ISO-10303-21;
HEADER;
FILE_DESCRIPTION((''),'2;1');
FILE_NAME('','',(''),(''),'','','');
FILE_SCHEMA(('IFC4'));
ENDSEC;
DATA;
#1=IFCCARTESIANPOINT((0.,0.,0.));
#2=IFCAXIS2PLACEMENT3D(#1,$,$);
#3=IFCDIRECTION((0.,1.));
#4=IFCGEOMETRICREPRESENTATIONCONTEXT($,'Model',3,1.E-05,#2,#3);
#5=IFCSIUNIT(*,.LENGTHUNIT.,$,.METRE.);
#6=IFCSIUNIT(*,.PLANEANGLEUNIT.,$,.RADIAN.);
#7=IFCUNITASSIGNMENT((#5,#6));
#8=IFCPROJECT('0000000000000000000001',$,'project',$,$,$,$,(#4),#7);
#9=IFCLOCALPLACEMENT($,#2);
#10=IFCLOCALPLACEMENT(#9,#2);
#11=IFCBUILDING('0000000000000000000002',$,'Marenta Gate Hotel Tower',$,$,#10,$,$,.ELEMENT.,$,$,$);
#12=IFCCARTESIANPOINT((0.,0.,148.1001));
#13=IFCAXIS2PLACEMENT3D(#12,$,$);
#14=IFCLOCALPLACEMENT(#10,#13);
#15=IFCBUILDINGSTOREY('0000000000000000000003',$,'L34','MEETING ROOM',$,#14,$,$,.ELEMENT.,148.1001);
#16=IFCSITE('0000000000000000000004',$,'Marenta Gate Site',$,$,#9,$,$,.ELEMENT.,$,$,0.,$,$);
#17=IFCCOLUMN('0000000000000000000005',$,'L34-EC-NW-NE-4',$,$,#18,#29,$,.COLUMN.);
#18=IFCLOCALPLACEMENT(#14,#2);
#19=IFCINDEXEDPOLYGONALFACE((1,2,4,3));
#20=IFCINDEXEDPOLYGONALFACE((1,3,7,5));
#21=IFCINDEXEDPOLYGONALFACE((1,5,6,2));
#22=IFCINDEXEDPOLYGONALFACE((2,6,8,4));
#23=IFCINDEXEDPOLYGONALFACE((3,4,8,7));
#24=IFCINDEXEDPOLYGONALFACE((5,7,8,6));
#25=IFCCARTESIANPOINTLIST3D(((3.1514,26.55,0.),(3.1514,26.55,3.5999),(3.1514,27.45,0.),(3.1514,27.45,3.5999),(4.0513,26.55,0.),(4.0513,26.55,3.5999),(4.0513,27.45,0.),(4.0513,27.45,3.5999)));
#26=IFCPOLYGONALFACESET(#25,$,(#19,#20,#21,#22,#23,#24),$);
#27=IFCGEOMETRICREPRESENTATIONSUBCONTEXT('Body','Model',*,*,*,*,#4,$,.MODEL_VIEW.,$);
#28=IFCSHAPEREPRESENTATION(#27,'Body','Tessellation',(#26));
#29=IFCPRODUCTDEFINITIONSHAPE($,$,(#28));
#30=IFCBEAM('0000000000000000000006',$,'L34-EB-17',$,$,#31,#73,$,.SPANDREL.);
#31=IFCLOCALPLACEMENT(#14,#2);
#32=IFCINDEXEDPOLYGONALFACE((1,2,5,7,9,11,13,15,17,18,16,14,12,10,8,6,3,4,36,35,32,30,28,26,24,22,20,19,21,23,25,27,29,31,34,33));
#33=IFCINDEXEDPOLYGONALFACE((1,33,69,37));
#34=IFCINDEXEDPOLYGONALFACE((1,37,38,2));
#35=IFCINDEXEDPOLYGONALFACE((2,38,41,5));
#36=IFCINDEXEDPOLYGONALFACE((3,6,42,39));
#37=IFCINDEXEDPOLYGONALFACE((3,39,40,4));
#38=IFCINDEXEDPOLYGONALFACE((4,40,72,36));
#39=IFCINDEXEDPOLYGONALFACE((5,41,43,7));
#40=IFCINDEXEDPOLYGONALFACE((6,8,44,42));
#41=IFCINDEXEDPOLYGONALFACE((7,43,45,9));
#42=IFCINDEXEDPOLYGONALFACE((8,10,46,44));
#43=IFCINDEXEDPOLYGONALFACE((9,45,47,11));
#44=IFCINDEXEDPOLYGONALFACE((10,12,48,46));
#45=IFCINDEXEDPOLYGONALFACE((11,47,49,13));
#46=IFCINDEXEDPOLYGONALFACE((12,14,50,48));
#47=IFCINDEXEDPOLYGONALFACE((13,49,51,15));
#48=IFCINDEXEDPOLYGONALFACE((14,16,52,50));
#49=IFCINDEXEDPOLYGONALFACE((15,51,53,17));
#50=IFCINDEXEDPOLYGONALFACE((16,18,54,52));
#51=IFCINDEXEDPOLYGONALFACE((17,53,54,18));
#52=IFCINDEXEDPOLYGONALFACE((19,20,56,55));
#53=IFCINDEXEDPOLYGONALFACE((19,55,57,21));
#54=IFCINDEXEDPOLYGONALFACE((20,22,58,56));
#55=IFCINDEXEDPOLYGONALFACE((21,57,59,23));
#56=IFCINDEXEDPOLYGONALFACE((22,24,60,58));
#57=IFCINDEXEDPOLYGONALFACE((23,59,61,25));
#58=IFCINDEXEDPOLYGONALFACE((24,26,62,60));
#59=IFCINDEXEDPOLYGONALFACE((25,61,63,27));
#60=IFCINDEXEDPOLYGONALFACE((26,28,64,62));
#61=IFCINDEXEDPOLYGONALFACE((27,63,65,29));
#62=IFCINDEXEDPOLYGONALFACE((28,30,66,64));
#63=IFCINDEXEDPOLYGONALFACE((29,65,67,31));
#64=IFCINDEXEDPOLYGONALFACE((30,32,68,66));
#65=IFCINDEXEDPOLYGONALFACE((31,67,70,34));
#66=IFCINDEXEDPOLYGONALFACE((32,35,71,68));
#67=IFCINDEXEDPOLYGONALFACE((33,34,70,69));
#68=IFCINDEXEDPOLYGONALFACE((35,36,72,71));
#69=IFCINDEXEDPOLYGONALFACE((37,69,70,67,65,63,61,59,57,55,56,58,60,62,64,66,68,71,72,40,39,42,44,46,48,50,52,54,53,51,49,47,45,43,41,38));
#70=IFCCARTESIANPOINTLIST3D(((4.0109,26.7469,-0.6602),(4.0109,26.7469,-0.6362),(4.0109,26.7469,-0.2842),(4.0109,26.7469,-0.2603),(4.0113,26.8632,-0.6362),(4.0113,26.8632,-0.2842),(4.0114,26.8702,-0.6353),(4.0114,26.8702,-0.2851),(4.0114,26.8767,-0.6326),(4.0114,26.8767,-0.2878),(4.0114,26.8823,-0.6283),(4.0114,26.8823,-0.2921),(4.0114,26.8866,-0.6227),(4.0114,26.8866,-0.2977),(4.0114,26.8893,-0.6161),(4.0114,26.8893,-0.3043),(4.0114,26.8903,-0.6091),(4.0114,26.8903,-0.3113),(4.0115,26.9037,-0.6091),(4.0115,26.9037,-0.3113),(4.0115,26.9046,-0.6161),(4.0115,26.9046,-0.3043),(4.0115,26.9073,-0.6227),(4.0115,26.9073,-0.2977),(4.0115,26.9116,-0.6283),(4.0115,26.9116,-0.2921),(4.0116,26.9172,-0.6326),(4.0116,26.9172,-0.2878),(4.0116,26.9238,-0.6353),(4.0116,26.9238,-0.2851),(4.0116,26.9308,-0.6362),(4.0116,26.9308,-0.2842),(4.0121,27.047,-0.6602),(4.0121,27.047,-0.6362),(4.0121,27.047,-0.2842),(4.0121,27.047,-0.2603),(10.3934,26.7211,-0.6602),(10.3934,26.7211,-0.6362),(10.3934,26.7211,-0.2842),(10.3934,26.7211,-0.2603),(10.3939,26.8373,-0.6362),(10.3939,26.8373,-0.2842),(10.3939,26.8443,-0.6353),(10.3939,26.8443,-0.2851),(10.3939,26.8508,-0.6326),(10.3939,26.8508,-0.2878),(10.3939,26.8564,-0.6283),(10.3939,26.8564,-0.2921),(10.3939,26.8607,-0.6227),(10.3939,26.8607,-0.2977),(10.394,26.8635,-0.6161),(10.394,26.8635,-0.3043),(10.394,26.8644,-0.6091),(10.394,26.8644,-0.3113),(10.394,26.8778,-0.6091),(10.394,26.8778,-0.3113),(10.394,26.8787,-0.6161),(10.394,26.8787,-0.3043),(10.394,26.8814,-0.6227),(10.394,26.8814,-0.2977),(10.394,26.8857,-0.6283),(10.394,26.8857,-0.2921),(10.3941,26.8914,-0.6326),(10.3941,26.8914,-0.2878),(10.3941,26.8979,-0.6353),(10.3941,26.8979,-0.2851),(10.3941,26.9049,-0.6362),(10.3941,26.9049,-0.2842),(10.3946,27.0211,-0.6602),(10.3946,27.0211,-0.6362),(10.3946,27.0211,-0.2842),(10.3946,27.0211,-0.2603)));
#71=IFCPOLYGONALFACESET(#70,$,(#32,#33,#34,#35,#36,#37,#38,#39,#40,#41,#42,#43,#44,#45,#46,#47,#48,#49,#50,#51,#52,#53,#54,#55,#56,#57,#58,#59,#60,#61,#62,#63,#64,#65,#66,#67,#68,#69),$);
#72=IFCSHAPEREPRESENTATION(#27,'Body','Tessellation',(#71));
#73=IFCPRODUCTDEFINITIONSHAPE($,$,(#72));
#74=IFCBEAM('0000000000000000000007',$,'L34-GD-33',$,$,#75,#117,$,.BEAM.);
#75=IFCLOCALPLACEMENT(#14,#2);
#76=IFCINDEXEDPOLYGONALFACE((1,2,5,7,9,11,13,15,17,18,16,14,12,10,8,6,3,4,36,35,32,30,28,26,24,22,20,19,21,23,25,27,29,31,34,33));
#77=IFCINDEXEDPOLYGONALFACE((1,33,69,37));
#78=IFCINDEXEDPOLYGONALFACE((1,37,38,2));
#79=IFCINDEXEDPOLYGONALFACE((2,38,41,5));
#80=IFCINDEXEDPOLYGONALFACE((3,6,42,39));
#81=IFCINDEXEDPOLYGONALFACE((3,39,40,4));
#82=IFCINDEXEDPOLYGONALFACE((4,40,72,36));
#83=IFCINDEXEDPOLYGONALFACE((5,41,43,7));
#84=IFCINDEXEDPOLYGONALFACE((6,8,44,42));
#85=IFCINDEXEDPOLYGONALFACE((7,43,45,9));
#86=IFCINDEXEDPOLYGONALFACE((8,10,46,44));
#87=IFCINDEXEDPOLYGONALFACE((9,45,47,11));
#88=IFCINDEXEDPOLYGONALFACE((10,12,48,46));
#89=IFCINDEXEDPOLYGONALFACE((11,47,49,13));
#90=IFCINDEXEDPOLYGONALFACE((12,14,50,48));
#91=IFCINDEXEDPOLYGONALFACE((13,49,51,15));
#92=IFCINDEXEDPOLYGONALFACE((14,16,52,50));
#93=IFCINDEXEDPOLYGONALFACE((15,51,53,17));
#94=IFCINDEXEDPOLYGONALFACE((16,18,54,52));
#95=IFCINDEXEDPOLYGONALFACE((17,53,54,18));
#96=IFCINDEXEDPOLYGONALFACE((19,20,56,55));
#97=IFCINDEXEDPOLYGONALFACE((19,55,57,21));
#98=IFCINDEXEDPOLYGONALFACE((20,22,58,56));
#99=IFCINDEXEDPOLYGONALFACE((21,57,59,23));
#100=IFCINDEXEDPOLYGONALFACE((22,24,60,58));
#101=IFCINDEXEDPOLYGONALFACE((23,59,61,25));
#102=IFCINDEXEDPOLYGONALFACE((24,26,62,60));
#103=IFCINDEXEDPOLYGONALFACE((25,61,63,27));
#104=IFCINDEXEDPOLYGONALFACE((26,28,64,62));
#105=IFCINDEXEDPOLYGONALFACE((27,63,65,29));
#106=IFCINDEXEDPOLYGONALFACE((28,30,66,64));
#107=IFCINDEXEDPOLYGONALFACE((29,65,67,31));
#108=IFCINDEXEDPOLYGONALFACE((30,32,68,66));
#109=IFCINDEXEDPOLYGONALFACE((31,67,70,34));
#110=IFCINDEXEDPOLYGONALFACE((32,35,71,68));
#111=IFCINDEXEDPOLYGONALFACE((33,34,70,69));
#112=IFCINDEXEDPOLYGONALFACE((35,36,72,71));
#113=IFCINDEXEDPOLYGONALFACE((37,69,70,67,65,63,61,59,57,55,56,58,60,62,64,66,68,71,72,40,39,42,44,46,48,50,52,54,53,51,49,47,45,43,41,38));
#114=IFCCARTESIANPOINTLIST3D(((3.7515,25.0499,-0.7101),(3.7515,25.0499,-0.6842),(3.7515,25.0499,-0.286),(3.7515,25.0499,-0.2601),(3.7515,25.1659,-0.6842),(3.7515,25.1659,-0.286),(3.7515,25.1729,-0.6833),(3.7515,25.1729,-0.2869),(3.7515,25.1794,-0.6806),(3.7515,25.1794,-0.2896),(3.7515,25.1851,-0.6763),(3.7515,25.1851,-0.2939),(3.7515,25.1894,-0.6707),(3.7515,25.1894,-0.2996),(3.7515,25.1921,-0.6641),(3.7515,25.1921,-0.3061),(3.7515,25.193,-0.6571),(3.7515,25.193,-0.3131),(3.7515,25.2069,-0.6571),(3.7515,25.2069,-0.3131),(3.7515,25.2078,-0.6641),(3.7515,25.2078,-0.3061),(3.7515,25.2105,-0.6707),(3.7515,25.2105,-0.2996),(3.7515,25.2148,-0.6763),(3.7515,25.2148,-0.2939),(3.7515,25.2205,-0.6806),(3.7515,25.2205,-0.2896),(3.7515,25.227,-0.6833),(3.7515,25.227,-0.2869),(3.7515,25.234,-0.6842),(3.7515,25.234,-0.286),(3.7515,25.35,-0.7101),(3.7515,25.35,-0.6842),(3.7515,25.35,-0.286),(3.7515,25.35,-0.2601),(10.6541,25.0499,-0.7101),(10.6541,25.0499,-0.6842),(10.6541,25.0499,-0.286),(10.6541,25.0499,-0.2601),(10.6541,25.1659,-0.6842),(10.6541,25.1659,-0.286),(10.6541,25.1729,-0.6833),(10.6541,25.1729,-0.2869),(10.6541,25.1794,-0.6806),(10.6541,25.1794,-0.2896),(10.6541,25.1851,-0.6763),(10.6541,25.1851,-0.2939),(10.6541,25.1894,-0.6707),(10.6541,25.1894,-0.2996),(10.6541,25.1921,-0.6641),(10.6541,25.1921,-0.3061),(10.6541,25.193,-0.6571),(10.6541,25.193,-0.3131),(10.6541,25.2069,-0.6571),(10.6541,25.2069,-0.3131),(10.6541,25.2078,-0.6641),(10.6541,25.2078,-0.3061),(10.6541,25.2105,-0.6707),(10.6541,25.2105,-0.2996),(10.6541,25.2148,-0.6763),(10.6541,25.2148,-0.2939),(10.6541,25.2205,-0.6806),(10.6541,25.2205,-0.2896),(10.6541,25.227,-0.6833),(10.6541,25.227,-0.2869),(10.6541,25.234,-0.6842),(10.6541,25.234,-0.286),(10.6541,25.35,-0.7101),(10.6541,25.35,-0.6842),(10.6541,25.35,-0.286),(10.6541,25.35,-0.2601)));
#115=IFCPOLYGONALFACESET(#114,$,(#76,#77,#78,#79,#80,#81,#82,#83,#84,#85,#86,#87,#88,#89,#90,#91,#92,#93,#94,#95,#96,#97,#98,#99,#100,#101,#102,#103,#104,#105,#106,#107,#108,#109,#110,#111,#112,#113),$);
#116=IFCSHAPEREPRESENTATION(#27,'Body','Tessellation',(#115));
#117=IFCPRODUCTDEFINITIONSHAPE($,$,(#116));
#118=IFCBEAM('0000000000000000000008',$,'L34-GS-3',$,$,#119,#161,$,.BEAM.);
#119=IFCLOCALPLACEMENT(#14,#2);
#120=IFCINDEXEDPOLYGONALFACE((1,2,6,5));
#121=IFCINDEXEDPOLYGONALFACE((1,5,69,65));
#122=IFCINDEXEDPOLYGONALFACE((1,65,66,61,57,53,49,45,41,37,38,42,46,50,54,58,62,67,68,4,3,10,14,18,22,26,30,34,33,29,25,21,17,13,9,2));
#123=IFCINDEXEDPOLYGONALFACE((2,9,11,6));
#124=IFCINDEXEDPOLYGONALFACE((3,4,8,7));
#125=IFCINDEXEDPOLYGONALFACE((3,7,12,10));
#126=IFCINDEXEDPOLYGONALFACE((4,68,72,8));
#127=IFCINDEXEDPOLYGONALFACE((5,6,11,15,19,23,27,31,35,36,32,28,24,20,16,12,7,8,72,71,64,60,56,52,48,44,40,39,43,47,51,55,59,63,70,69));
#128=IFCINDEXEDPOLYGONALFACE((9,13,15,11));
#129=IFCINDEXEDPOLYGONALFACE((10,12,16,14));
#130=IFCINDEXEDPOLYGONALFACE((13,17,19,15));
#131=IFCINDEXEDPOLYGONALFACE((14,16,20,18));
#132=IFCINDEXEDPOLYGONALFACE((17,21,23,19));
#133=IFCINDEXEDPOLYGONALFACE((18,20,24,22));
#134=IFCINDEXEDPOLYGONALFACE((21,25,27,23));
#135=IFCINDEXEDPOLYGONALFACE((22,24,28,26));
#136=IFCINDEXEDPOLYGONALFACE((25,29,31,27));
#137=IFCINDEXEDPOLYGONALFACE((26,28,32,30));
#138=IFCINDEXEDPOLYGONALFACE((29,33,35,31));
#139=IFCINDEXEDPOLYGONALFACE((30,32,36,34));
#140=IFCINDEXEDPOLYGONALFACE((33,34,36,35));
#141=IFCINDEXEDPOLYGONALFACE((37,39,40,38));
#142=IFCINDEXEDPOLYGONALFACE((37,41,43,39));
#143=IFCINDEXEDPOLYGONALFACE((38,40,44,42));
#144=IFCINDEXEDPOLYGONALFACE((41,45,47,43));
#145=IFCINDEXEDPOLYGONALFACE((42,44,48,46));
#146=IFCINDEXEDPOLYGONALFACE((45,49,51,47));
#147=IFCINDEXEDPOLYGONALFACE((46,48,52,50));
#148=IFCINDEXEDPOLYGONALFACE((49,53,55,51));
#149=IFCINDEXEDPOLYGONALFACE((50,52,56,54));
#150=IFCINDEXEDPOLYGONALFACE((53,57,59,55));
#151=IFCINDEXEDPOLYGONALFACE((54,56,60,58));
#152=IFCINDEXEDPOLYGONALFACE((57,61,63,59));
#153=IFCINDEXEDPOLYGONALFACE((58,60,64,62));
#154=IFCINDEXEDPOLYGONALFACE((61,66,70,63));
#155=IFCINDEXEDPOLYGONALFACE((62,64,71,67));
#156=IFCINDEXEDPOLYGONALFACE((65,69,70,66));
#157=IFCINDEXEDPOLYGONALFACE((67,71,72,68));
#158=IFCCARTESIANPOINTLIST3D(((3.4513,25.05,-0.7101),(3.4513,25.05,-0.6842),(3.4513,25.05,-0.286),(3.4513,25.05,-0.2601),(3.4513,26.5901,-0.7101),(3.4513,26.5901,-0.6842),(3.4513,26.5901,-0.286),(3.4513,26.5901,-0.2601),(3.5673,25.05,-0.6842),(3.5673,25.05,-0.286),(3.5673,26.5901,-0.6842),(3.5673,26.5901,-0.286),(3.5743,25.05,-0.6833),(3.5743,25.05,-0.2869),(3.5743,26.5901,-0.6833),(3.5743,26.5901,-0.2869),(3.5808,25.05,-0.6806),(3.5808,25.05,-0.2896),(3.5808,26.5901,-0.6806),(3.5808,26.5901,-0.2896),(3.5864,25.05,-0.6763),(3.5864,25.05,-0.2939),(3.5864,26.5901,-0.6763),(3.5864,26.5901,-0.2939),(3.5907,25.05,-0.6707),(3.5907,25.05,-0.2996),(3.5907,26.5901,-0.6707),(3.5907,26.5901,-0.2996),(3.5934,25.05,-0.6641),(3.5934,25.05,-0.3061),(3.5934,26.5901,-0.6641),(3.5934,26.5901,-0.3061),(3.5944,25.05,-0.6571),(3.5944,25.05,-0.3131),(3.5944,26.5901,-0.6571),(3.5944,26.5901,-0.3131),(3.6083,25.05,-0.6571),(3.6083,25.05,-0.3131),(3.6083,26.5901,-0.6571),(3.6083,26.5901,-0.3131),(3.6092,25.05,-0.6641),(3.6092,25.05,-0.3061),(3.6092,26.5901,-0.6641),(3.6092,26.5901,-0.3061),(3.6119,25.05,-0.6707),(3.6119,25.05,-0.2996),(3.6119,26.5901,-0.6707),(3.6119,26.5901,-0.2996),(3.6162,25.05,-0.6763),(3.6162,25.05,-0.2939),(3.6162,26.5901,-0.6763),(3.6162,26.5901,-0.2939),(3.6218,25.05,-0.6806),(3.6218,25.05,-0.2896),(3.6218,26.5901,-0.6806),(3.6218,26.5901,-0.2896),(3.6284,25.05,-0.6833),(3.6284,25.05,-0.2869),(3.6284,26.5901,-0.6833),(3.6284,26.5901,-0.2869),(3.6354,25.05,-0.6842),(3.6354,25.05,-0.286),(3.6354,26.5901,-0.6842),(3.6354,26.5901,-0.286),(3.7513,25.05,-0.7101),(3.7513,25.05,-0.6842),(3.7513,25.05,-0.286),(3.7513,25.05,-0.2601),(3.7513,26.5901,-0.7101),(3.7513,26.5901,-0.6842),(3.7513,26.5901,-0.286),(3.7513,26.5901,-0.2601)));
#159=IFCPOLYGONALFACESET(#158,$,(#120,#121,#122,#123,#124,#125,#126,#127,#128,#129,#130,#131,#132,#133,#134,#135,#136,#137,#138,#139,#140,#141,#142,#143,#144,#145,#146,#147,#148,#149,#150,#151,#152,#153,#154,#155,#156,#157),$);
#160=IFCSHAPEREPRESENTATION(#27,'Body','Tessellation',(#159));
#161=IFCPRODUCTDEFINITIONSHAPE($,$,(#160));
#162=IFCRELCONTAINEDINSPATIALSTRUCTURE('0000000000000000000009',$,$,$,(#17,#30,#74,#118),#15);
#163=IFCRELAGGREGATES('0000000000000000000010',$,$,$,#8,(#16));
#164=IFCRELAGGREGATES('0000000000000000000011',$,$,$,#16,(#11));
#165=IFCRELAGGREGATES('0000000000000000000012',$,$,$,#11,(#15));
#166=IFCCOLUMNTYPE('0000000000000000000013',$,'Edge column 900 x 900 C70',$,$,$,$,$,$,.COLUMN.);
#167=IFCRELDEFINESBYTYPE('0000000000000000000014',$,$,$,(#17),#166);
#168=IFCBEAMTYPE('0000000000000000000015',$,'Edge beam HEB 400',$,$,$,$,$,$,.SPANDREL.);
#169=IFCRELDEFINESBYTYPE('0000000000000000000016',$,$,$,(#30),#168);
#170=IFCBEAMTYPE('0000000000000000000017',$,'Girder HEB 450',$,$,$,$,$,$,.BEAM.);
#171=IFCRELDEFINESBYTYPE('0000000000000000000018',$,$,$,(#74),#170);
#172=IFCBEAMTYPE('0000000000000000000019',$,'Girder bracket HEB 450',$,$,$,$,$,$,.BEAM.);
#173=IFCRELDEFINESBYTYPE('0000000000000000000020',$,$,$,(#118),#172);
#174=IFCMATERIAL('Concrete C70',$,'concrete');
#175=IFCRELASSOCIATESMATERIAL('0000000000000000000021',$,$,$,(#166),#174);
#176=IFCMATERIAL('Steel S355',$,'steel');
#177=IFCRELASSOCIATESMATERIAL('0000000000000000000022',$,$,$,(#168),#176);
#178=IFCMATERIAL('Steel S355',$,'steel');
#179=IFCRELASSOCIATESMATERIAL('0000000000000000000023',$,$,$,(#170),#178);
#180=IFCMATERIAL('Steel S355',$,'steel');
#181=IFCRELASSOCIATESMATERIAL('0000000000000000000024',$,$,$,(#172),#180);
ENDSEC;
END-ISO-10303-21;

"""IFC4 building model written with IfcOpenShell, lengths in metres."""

from ifc_helpers import new_model, si_unit, direction, frame, origin, origin_2d, place, context, subcontext, project, spatial, rectangle, i_section, extrude, material, material_profile, profile_set, type_object, element, save


model = new_model("IFC4")

# Units and contexts
model_context = context("Model", 3, precision=1e-05, world=origin(), true_north=direction((0.0, 1.0)))
body_context = subcontext(model_context, "Body", "Model", "MODEL_VIEW")
ifc_project = project(units=[si_unit("LENGTHUNIT", "METRE"), si_unit("PLANEANGLEUNIT", "RADIAN")], contexts=[model_context])

# Site, building, storey
site_placement = place(None, origin())
site = spatial("IfcSite", under=ifc_project, at=site_placement, Name="Marenta Gate Site", CompositionType="ELEMENT", RefElevation=0.0)
building_placement = place(site_placement, origin())
building = spatial("IfcBuilding", under=site, at=building_placement, Name="Marenta Gate Hotel Tower", CompositionType="ELEMENT")
storey_placement = place(building_placement, frame((0.0, 0.0, 148.1001)))
storey = spatial("IfcBuildingStorey", under=building, at=storey_placement, Name="L34", Description="MEETING ROOM", CompositionType="ELEMENT", Elevation=148.1001)

# Column
ifc_material_1 = material(Name="Concrete C70", Category="concrete")
ifc_material_profile_1 = material_profile(ifc_material_1, rectangle(XDim=0.8999, YDim=0.8999, at=origin_2d()), Name="900 x 900")
ifc_profile_set_1 = profile_set([ifc_material_profile_1], Name="Concrete C70")
column_type = type_object("IfcColumnType", Name="Edge column 900 x 900 C70", PredefinedType="COLUMN", material=ifc_profile_set_1)
column_placement = place(storey_placement, frame((3.6013, 27.0, 0.0), z_axis=(0.0, 0.0, 1.0), x_axis=(1.0, 0.0, 0.0)))
element("IfcColumn", 1, at=column_placement, inside=storey, type_object=column_type, Name="L34-EC-NW-NE-4", PredefinedType="COLUMN", context=body_context, shape_type="SweptSolid", body=[
    extrude(rectangle(XDim=0.8999, YDim=0.8999, at=origin_2d()), origin(), (0.0, 0.0, 1.0), 3.5999),
])

# Beams
ifc_material_2 = material(Name="Steel S355", Category="steel")
ifc_material_profile_2 = material_profile(ifc_material_2, i_section(OverallWidth=0.3, OverallDepth=0.3999, WebThickness=0.0134, FlangeThickness=0.0239, FilletRadius=0.0271, at=origin_2d()), Name="HEB 400")
ifc_profile_set_2 = profile_set([ifc_material_profile_2], Name="Steel S355")
beam_type_1 = type_object("IfcBeamType", Name="Edge beam HEB 400", PredefinedType="SPANDREL", material=ifc_profile_set_2)
beam_1_placement = place(storey_placement, frame((4.0115, 26.897, -0.4602), z_axis=(0.999992, -0.004055, 0.0), x_axis=(0.004055, 0.999992, 0.0)))
element("IfcBeam", 2, at=beam_1_placement, inside=storey, type_object=beam_type_1, Name="L34-EB-17", PredefinedType="SPANDREL", context=body_context, shape_type="SweptSolid", body=[
    extrude(i_section(OverallWidth=0.3, OverallDepth=0.3999, WebThickness=0.0134, FlangeThickness=0.0239, FilletRadius=0.0271, at=origin_2d()), origin(), (0.0, 0.0, 1.0), 6.3826),
])
ifc_material_3 = material(Name="Steel S355", Category="steel")
ifc_material_profile_3 = material_profile(ifc_material_3, i_section(OverallWidth=0.3, OverallDepth=0.45, WebThickness=0.0139, FlangeThickness=0.0259, FilletRadius=0.0271, at=origin_2d()), Name="HEB 450")
ifc_profile_set_3 = profile_set([ifc_material_profile_3], Name="Steel S355")
beam_type_2 = type_object("IfcBeamType", Name="Girder HEB 450", PredefinedType="BEAM", material=ifc_profile_set_3)
beam_2_placement = place(storey_placement, frame((3.7515, 25.2, -0.4851), z_axis=(1.0, 0.0, 0.0), x_axis=(0.0, 1.0, 0.0)))
element("IfcBeam", 3, at=beam_2_placement, inside=storey, type_object=beam_type_2, Name="L34-GD-33", PredefinedType="BEAM", context=body_context, shape_type="SweptSolid", body=[
    extrude(i_section(OverallWidth=0.3, OverallDepth=0.45, WebThickness=0.0139, FlangeThickness=0.0259, FilletRadius=0.0271, at=origin_2d()), origin(), (0.0, 0.0, 1.0), 6.9026),
])
ifc_material_4 = material(Name="Steel S355", Category="steel")
ifc_material_profile_4 = material_profile(ifc_material_4, i_section(OverallWidth=0.3, OverallDepth=0.45, WebThickness=0.0139, FlangeThickness=0.0259, FilletRadius=0.0271, at=origin_2d()), Name="HEB 450")
ifc_profile_set_4 = profile_set([ifc_material_profile_4], Name="Steel S355")
beam_type_3 = type_object("IfcBeamType", Name="Girder bracket HEB 450", PredefinedType="BEAM", material=ifc_profile_set_4)
beam_3_placement = place(storey_placement, frame((3.6013, 25.05, -0.4851), z_axis=(0.0, 1.0, 0.0), x_axis=(-1.0, 0.0, 0.0)))
element("IfcBeam", 4, at=beam_3_placement, inside=storey, type_object=beam_type_3, Name="L34-GS-3", PredefinedType="BEAM", context=body_context, shape_type="SweptSolid", body=[
    extrude(i_section(OverallWidth=0.3, OverallDepth=0.45, WebThickness=0.0139, FlangeThickness=0.0259, FilletRadius=0.0271, at=origin_2d()), origin(), (0.0, 0.0, 1.0), 1.54),
])

save(model, "model.ifc")
